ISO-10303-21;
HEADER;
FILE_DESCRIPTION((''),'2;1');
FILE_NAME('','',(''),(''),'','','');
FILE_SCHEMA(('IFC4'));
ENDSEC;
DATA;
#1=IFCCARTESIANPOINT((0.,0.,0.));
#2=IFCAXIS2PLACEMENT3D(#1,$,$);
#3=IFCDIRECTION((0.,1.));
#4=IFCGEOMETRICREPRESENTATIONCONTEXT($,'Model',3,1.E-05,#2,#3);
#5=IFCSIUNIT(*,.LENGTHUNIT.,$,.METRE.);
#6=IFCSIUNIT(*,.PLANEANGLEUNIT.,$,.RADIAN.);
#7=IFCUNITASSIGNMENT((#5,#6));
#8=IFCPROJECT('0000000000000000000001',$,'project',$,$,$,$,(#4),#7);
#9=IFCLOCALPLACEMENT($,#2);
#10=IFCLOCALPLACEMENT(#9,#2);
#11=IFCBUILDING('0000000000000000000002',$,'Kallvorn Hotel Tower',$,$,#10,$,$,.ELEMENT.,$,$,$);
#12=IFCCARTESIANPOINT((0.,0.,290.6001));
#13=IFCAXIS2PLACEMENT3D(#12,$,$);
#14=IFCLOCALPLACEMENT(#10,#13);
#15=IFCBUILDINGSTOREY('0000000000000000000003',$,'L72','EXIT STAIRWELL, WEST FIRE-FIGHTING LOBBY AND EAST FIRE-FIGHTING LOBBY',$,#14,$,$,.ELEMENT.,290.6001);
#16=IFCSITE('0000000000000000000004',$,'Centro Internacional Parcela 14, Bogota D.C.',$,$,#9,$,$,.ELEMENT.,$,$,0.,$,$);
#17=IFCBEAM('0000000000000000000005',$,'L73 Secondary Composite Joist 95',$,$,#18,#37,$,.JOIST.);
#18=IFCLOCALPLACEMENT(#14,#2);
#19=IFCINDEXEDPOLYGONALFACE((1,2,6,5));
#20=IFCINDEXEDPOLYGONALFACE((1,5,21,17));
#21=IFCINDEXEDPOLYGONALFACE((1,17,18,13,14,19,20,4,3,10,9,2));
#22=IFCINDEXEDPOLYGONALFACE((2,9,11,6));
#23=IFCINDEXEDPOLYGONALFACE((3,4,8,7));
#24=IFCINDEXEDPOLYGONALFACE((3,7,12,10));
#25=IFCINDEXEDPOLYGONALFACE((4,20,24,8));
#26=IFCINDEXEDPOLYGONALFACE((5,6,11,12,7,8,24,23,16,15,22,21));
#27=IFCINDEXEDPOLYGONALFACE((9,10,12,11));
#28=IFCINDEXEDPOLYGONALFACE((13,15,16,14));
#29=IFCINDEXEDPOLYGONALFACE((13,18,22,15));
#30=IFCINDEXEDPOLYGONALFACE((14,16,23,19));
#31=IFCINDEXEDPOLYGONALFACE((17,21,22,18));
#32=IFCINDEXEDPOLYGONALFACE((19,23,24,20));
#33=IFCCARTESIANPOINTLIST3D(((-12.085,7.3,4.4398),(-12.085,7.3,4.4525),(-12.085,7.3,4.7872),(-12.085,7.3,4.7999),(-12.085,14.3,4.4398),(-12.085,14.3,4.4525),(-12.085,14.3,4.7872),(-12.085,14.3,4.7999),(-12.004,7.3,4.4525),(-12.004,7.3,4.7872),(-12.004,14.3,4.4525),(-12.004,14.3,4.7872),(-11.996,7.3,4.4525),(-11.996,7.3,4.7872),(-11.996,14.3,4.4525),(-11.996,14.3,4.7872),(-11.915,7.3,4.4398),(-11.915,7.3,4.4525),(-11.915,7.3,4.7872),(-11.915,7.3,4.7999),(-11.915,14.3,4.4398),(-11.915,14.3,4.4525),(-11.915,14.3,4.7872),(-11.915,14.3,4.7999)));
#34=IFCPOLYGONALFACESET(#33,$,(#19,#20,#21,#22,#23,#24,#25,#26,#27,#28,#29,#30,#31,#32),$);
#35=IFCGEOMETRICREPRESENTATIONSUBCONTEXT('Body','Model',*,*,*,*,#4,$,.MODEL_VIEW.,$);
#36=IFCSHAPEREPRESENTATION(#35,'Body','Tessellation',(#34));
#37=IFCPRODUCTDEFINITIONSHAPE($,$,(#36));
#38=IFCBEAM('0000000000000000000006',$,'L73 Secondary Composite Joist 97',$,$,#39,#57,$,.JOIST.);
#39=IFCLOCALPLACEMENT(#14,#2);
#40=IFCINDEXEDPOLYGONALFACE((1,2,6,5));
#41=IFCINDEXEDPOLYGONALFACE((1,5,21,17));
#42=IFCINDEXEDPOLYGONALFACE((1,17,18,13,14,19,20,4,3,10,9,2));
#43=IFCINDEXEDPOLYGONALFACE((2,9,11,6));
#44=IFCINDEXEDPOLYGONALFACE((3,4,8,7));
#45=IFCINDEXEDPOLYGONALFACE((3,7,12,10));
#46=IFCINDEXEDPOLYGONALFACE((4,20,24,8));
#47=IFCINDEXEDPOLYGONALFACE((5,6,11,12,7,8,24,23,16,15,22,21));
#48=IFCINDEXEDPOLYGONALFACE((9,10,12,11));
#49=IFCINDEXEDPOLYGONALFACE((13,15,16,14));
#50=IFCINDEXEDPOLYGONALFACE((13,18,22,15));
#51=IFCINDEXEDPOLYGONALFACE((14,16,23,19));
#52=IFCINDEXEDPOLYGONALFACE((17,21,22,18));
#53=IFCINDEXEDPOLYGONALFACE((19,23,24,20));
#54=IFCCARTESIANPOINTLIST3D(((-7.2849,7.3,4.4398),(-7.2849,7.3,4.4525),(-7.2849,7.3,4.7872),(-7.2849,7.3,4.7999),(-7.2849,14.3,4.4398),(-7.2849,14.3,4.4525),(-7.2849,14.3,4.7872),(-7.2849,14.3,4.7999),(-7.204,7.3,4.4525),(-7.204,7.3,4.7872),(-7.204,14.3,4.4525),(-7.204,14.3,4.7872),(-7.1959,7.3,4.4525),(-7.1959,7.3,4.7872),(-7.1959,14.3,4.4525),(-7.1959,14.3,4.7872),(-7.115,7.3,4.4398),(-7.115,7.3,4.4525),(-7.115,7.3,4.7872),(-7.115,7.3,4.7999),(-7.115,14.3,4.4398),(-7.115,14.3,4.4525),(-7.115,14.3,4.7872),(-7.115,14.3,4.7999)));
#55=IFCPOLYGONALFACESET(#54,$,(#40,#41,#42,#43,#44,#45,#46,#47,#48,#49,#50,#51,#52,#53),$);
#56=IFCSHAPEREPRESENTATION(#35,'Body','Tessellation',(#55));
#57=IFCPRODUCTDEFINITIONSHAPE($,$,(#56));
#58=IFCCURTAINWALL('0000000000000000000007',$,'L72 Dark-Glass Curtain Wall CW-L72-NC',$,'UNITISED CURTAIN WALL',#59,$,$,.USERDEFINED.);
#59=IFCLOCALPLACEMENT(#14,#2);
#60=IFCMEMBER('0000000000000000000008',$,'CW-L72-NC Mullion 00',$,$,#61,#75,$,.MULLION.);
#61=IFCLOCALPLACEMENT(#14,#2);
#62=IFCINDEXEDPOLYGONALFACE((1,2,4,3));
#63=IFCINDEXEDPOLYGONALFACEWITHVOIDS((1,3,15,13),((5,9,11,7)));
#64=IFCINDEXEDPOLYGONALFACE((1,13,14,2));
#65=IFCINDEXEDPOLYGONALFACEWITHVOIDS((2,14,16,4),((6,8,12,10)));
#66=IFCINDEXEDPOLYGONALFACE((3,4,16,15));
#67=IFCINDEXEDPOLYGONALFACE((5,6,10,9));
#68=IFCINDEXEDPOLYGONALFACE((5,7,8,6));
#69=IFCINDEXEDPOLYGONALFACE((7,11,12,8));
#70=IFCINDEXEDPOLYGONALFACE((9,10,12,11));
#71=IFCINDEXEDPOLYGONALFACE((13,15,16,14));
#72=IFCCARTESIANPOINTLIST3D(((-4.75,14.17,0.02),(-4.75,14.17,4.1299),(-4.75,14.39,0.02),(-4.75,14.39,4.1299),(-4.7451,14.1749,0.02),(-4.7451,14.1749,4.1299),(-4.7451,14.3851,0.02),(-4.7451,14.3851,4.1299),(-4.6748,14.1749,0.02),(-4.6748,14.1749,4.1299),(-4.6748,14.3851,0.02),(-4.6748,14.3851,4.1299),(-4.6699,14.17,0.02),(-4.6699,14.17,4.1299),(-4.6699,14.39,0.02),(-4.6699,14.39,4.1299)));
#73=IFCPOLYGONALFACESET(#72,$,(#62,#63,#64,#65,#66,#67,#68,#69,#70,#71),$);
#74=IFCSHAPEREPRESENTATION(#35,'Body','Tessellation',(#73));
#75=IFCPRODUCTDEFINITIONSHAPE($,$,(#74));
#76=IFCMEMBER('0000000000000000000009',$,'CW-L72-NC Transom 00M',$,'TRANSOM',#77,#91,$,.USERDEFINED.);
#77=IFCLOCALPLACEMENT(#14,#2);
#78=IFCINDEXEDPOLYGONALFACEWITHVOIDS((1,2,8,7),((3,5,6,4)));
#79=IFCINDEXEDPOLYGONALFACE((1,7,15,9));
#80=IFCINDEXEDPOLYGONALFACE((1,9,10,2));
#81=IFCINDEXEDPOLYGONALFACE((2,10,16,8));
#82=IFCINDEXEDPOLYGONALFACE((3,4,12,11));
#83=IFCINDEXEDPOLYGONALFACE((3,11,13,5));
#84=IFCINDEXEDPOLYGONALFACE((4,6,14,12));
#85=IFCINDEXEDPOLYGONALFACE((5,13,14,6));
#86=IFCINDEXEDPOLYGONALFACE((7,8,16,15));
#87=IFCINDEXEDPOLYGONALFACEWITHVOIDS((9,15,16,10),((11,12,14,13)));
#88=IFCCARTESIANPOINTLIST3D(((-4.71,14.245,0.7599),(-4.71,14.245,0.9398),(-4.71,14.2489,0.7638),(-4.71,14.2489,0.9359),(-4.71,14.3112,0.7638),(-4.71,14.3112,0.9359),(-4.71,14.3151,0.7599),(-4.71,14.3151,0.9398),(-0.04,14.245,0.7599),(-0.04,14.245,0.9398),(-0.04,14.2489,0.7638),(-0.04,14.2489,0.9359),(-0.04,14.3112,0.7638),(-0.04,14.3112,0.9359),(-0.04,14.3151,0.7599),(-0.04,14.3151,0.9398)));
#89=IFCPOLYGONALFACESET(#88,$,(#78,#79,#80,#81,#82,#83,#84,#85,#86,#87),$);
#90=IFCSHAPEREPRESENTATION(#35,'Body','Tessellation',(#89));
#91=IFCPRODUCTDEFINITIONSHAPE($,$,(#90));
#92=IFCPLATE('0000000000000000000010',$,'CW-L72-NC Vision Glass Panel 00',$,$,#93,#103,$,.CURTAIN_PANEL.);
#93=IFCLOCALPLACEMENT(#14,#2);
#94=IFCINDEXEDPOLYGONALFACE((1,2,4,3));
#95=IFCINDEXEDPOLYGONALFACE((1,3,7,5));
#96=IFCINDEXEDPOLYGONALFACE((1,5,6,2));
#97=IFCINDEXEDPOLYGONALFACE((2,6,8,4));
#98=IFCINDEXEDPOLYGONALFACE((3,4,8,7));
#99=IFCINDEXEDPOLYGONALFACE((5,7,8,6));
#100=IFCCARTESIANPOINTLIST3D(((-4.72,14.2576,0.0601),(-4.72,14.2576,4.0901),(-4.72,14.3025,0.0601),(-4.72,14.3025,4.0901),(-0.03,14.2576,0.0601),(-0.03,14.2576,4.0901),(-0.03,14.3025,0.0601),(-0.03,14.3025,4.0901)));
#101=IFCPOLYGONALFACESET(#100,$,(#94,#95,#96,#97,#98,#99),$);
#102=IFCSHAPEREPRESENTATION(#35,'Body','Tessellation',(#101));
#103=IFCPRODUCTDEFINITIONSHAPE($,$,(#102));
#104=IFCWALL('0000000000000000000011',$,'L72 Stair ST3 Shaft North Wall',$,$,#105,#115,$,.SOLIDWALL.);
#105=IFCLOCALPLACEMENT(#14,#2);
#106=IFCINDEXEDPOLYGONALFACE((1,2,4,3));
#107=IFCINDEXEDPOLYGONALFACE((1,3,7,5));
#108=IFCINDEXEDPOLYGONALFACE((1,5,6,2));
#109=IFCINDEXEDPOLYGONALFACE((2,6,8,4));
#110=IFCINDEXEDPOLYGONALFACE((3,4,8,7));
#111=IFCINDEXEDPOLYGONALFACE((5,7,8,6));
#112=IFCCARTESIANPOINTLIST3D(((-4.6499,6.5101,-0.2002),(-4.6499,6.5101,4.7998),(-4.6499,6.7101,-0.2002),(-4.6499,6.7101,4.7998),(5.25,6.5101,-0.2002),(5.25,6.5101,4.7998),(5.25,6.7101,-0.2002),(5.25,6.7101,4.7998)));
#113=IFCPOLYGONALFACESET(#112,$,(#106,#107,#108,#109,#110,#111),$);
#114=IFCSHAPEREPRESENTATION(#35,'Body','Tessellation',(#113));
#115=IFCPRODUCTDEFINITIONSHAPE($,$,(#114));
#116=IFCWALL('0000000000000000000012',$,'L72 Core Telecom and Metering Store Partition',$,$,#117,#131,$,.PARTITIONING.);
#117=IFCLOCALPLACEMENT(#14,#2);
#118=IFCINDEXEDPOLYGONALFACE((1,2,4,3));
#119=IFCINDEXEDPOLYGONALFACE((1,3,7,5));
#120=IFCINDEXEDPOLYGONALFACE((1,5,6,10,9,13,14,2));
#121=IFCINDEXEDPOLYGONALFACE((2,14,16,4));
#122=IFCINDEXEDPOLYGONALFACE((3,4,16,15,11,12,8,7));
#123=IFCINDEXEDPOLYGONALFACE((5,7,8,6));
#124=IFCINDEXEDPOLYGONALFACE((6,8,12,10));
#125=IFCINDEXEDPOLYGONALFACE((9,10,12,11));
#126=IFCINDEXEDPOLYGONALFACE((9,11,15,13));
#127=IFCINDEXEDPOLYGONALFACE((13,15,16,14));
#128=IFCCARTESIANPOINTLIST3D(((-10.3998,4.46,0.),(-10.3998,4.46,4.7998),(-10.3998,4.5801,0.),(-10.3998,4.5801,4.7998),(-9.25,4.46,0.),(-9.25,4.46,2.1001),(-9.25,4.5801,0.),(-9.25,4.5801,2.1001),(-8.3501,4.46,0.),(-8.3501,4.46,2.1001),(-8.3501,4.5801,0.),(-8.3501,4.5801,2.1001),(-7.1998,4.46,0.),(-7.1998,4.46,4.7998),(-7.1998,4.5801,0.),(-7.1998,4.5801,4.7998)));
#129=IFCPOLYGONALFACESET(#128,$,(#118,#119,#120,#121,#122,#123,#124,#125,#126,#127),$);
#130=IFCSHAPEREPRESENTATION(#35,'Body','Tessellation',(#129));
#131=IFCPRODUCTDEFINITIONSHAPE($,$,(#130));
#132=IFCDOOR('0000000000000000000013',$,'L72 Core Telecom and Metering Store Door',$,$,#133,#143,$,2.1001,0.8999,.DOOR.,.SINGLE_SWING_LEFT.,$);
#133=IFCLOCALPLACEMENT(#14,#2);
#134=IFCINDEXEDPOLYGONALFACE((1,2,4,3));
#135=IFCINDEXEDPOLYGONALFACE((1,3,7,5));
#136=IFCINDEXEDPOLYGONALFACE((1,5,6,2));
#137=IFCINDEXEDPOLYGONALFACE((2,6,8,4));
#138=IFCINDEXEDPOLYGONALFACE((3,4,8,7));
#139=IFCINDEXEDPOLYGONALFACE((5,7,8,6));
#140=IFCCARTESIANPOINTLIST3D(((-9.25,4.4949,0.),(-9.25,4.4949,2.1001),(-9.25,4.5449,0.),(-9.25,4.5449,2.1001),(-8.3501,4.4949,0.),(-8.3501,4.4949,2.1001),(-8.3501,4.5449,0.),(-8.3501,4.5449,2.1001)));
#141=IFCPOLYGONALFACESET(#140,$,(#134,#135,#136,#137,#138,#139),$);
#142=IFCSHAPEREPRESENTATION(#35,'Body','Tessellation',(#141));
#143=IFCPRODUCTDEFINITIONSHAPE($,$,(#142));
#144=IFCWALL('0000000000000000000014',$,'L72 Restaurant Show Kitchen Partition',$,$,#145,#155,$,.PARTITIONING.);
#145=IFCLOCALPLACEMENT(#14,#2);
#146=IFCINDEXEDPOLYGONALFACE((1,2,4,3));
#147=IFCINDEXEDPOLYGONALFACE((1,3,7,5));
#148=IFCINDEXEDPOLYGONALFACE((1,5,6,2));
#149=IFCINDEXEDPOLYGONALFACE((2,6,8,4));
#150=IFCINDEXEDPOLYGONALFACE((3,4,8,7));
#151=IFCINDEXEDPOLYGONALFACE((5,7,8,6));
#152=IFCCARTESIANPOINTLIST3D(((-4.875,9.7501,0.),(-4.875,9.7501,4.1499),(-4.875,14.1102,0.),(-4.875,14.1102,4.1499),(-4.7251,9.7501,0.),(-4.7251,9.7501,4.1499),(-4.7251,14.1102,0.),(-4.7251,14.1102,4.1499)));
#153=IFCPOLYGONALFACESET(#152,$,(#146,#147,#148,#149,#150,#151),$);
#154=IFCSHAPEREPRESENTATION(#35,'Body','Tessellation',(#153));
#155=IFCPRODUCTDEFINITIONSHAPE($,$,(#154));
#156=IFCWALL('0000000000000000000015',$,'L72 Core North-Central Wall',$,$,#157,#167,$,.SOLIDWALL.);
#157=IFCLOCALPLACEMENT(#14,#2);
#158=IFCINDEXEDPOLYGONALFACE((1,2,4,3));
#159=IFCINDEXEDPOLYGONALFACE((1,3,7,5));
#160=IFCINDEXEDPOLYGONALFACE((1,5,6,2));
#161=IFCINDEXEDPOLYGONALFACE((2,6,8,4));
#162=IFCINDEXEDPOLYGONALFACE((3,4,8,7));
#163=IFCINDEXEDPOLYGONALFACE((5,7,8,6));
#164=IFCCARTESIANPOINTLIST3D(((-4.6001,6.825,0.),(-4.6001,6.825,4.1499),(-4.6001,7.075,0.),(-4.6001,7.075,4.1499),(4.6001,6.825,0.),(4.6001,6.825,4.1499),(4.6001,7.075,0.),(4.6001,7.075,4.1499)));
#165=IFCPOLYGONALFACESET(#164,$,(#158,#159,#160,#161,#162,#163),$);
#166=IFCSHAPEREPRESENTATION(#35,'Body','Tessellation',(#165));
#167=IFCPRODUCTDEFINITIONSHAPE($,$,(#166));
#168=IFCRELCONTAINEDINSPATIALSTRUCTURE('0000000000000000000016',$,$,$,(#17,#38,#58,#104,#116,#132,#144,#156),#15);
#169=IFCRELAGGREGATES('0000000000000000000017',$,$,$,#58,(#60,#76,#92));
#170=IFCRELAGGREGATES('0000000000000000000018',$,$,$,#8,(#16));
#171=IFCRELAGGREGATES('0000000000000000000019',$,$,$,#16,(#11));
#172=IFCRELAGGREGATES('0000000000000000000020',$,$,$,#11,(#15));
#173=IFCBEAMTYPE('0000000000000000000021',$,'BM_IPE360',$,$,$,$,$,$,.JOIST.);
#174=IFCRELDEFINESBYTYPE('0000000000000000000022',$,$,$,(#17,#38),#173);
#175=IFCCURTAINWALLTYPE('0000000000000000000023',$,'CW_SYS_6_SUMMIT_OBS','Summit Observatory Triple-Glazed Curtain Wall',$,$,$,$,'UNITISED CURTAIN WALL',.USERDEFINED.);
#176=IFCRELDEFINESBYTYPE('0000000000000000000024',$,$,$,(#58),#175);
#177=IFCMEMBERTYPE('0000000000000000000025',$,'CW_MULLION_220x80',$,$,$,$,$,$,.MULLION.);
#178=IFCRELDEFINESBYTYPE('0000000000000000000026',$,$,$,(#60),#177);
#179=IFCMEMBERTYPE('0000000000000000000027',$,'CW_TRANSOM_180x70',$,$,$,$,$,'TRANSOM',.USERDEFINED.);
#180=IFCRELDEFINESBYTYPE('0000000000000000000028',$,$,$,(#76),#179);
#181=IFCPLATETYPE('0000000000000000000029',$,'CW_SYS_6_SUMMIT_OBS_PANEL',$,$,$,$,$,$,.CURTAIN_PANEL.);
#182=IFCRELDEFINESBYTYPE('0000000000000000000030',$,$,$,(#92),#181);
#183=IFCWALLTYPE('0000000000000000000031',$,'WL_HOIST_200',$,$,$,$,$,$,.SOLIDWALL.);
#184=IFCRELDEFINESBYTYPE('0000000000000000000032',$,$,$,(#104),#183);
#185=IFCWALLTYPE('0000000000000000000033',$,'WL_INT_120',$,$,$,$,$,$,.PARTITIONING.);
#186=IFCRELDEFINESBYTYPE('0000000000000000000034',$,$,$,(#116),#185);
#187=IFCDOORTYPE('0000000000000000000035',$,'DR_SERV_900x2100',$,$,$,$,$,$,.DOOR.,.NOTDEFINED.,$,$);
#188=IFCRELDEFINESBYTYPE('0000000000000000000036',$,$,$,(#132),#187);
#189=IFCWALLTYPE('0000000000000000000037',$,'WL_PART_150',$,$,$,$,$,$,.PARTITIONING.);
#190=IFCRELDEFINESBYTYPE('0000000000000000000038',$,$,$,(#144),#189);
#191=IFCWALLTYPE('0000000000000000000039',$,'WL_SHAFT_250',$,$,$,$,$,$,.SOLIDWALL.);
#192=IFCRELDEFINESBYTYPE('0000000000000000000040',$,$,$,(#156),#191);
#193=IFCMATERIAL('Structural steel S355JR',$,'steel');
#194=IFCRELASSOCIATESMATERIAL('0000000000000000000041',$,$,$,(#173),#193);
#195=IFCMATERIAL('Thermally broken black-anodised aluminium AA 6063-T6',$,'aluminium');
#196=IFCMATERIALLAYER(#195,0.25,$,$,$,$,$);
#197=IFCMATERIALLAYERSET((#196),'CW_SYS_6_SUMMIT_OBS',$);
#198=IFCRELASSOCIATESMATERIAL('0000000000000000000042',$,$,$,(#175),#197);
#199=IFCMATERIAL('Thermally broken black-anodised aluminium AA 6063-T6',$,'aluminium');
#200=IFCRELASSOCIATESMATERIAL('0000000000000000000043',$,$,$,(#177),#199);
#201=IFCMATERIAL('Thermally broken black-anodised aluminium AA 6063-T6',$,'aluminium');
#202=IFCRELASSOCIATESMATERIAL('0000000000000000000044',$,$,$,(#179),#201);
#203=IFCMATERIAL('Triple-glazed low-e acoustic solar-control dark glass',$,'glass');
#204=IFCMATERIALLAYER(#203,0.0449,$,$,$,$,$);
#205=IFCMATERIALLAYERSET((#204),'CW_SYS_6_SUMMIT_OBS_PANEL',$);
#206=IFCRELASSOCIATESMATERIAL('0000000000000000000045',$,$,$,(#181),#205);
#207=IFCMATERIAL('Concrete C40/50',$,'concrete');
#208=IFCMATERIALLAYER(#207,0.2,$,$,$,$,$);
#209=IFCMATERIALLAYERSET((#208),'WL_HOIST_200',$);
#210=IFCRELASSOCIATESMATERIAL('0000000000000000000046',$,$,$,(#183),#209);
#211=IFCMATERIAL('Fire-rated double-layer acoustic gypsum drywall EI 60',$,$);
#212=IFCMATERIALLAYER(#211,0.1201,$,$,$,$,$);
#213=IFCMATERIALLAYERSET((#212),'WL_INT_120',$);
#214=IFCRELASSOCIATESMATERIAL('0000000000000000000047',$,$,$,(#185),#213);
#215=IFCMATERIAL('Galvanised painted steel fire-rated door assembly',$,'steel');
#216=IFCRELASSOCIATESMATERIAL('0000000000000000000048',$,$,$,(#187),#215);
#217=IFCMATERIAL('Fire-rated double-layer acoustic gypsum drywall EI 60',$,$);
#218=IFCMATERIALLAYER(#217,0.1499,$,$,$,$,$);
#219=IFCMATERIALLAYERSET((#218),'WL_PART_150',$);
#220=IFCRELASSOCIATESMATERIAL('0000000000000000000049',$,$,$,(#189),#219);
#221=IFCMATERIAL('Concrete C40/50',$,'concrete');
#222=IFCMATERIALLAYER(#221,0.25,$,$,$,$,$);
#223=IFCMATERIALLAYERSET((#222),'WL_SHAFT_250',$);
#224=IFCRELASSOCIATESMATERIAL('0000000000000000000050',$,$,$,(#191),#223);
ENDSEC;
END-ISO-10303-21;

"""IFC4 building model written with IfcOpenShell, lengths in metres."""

from ifc_helpers import new_model, si_unit, direction, frame, frame_2d, origin, origin_2d, place, context, subcontext, project, spatial, rectangle, hollow_rectangle, i_section, extrude, material, layer, layer_set, material_profile, profile_set, type_object, element, fill, aggregate, save


model = new_model("IFC4")

# Units and contexts
model_context = context("Model", 3, precision=1e-05, world=origin(), true_north=direction((0.0, 1.0)))
body_context = subcontext(model_context, "Body", "Model", "MODEL_VIEW")
ifc_project = project(units=[si_unit("LENGTHUNIT", "METRE"), si_unit("PLANEANGLEUNIT", "RADIAN")], contexts=[model_context])

# Site, building, storey
site_placement = place(None, origin())
site = spatial("IfcSite", under=ifc_project, at=site_placement, Name="Centro Internacional Parcela 14, Bogota D.C.", CompositionType="ELEMENT", RefElevation=0.0)
building_placement = place(site_placement, origin())
building = spatial("IfcBuilding", under=site, at=building_placement, Name="Kallvorn Hotel Tower", CompositionType="ELEMENT")
storey_placement = place(building_placement, frame((0.0, 0.0, 290.6001)))
storey = spatial("IfcBuildingStorey", under=building, at=storey_placement, Name="L72", Description="EXIT STAIRWELL, WEST FIRE-FIGHTING LOBBY AND EAST FIRE-FIGHTING LOBBY", CompositionType="ELEMENT", Elevation=290.6001)

# Beams
ifc_material_1 = material(Name="Structural steel S355JR", Category="steel")
ifc_material_profile_1 = material_profile(ifc_material_1, i_section(OverallWidth=0.1699, OverallDepth=0.3601, WebThickness=0.0081, FlangeThickness=0.0127, at=origin_2d()), Name="IPE 360")
ifc_profile_set_1 = profile_set([ifc_material_profile_1], Name="Structural steel S355JR")
beam_type_1 = type_object("IfcBeamType", Name="BM_IPE360", PredefinedType="JOIST", material=ifc_profile_set_1)
for number, where, z_axis, x_axis, name in (
    (1, (-12.0, 7.3, 4.6199), (0.0, 1.0, 0.0), (-1.0, 0.0, 0.0), "L73 Secondary Composite Joist 95"),
    (2, (-7.2, 7.3, 4.6199), (0.0, 1.0, 0.0), (-1.0, 0.0, 0.0), "L73 Secondary Composite Joist 97"),
):
    element("IfcBeam", number, at=place(storey_placement, frame(where, z_axis=z_axis, x_axis=x_axis)), inside=storey, type_object=beam_type_1, Name=name, PredefinedType="JOIST", context=body_context, shape_type="SweptSolid", body=[
        extrude(i_section(OverallWidth=0.1699, OverallDepth=0.3601, WebThickness=0.0081, FlangeThickness=0.0127, at=origin_2d()), origin(), (0.0, 0.0, 1.0), 7.0),
    ])

# Curtain wall, members, plate
ifc_material_2 = material(Name="Thermally broken black-anodised aluminium AA 6063-T6", Category="aluminium")
ifc_layer_1 = layer(ifc_material_2, 0.25)
ifc_layer_set_1 = layer_set([ifc_layer_1], Name="CW_SYS_6_SUMMIT_OBS")
curtain_wall_type = type_object("IfcCurtainWallType", Name="CW_SYS_6_SUMMIT_OBS", Description="Summit Observatory Triple-Glazed Curtain Wall", ElementType="UNITISED CURTAIN WALL", PredefinedType="USERDEFINED", material=ifc_layer_set_1)
curtain_wall_placement = place(storey_placement, origin())
curtain_wall = element("IfcCurtainWall", 3, at=curtain_wall_placement, inside=storey, type_object=curtain_wall_type, Name="L72 Dark-Glass Curtain Wall CW-L72-NC", ObjectType="UNITISED CURTAIN WALL", PredefinedType="USERDEFINED")
ifc_material_3 = material(Name="Thermally broken black-anodised aluminium AA 6063-T6", Category="aluminium")
ifc_material_profile_2 = material_profile(ifc_material_3, hollow_rectangle(XDim=0.0801, YDim=0.22, WallThickness=0.0049, at=origin_2d()), Name="MUL 220x80")
ifc_profile_set_2 = profile_set([ifc_material_profile_2], Name="Thermally broken black-anodised aluminium AA 6063-T6")
member_type_1 = type_object("IfcMemberType", Name="CW_MULLION_220x80", PredefinedType="MULLION", material=ifc_profile_set_2)
member_1_placement = place(storey_placement, frame((-4.71, 14.28, 0.02), z_axis=(0.0, 0.0, 1.0), x_axis=(1.0, 0.0, 0.0)))
member_1 = element("IfcMember", 4, at=member_1_placement, type_object=member_type_1, Name="CW-L72-NC Mullion 00", PredefinedType="MULLION", context=body_context, shape_type="SweptSolid", body=[
    extrude(hollow_rectangle(XDim=0.0801, YDim=0.22, WallThickness=0.0049, at=origin_2d()), origin(), (0.0, 0.0, 1.0), 4.1099),
])
ifc_material_4 = material(Name="Thermally broken black-anodised aluminium AA 6063-T6", Category="aluminium")
ifc_material_profile_3 = material_profile(ifc_material_4, hollow_rectangle(XDim=0.0701, YDim=0.1799, WallThickness=0.0039, at=origin_2d()), Name="TRN 180x70")
ifc_profile_set_3 = profile_set([ifc_material_profile_3], Name="Thermally broken black-anodised aluminium AA 6063-T6")
member_type_2 = type_object("IfcMemberType", Name="CW_TRANSOM_180x70", ElementType="TRANSOM", PredefinedType="USERDEFINED", material=ifc_profile_set_3)
member_2_placement = place(storey_placement, frame((-4.71, 14.28, 0.8499), z_axis=(1.0, 0.0, 0.0), x_axis=(0.0, 1.0, 0.0)))
member_2 = element("IfcMember", 5, at=member_2_placement, type_object=member_type_2, Name="CW-L72-NC Transom 00M", ObjectType="TRANSOM", PredefinedType="USERDEFINED", context=body_context, shape_type="SweptSolid", body=[
    extrude(hollow_rectangle(XDim=0.0701, YDim=0.1799, WallThickness=0.0039, at=origin_2d()), origin(), (0.0, 0.0, 1.0), 4.6699),
])
ifc_material_5 = material(Name="Triple-glazed low-e acoustic solar-control dark glass", Category="glass")
ifc_layer_2 = layer(ifc_material_5, 0.0449)
ifc_layer_set_2 = layer_set([ifc_layer_2], Name="CW_SYS_6_SUMMIT_OBS_PANEL")
plate_type = type_object("IfcPlateType", Name="CW_SYS_6_SUMMIT_OBS_PANEL", PredefinedType="CURTAIN_PANEL", material=ifc_layer_set_2)
plate_placement = place(storey_placement, frame((-2.375, 14.28, 0.0601), z_axis=(0.0, 0.0, 1.0), x_axis=(1.0, 0.0, 0.0)))
plate = element("IfcPlate", 6, at=plate_placement, type_object=plate_type, Name="CW-L72-NC Vision Glass Panel 00", PredefinedType="CURTAIN_PANEL", context=body_context, shape_type="SweptSolid", body=[
    extrude(rectangle(XDim=4.6899, YDim=0.0449, at=origin_2d()), origin(), (0.0, 0.0, 1.0), 4.03),
])
aggregate(curtain_wall, [member_1, member_2, plate])

# Wall
ifc_material_6 = material(Name="Concrete C40/50", Category="concrete")
ifc_layer_3 = layer(ifc_material_6, 0.2)
ifc_layer_set_3 = layer_set([ifc_layer_3], Name="WL_HOIST_200")
wall_type_1 = type_object("IfcWallType", Name="WL_HOIST_200", PredefinedType="SOLIDWALL", material=ifc_layer_set_3)
wall_1_placement = place(storey_placement, frame((-4.6499, 6.6101, -0.2002), z_axis=(0.0, 0.0, 1.0), x_axis=(1.0, 0.0, 0.0)))
element("IfcWall", 7, at=wall_1_placement, inside=storey, type_object=wall_type_1, Name="L72 Stair ST3 Shaft North Wall", PredefinedType="SOLIDWALL", context=body_context, shape_type="SweptSolid", body=[
    extrude(rectangle(XDim=9.8999, YDim=0.2, at=frame_2d((4.95, 0.0))), origin(), (0.0, 0.0, 1.0), 5.0),
])

# Wall, opening, door
ifc_material_7 = material(Name="Fire-rated double-layer acoustic gypsum drywall EI 60")
ifc_layer_4 = layer(ifc_material_7, 0.1201)
ifc_layer_set_4 = layer_set([ifc_layer_4], Name="WL_INT_120")
wall_type_2 = type_object("IfcWallType", Name="WL_INT_120", PredefinedType="PARTITIONING", material=ifc_layer_set_4)
wall_2_placement = place(storey_placement, frame((-10.3999, 4.52, 0.0), z_axis=(0.0, 0.0, 1.0), x_axis=(1.0, 0.0, 0.0)))
wall_2 = element("IfcWall", 8, at=wall_2_placement, inside=storey, type_object=wall_type_2, Name="L72 Core Telecom and Metering Store Partition", PredefinedType="PARTITIONING", context=body_context, shape_type="SweptSolid", body=[
    extrude(rectangle(XDim=3.2, YDim=0.1201, at=frame_2d((1.6001, 0.0))), origin(), (0.0, 0.0, 1.0), 4.7998),
])
opening_placement = place(wall_2_placement, frame((1.1499, 0.0, 0.0)))
opening = element("IfcOpeningElement", 9, at=opening_placement, cuts=wall_2, PredefinedType="OPENING", context=body_context, shape_type="SweptSolid", body=[
    extrude(rectangle(XDim=0.8999, YDim=2.1001, at=frame_2d((0.45, 1.05))), frame((0.0, 0.075, 0.0), z_axis=(0.0, -1.0, 0.0), x_axis=(1.0, 0.0, 0.0)), (0.0, 0.0, 1.0), 0.1501),
])
ifc_material_8 = material(Name="Galvanised painted steel fire-rated door assembly", Category="steel")
door_type = type_object("IfcDoorType", Name="DR_SERV_900x2100", OperationType="NOTDEFINED", PredefinedType="DOOR", material=ifc_material_8)
door_placement = place(opening_placement, origin())
door = element("IfcDoor", 10, at=door_placement, inside=storey, type_object=door_type, Name="L72 Core Telecom and Metering Store Door", OperationType="SINGLE_SWING_LEFT", OverallHeight=2.1001, OverallWidth=0.8999, PredefinedType="DOOR", context=body_context, shape_type="SweptSolid", body=[
    extrude(rectangle(XDim=0.8999, YDim=2.1001, at=frame_2d((0.45, 1.05))), frame((0.0, 0.0249, 0.0), z_axis=(0.0, -1.0, 0.0), x_axis=(1.0, 0.0, 0.0)), (0.0, 0.0, 1.0), 0.05),
])
fill(opening, door)

# Walls
ifc_material_9 = material(Name="Fire-rated double-layer acoustic gypsum drywall EI 60")
ifc_layer_5 = layer(ifc_material_9, 0.1499)
ifc_layer_set_5 = layer_set([ifc_layer_5], Name="WL_PART_150")
wall_type_3 = type_object("IfcWallType", Name="WL_PART_150", PredefinedType="PARTITIONING", material=ifc_layer_set_5)
wall_3_placement = place(storey_placement, frame((-4.8, 9.75, 0.0), z_axis=(0.0, 0.0, 1.0), x_axis=(0.0, 1.0, 0.0)))
element("IfcWall", 11, at=wall_3_placement, inside=storey, type_object=wall_type_3, Name="L72 Restaurant Show Kitchen Partition", PredefinedType="PARTITIONING", context=body_context, shape_type="SweptSolid", body=[
    extrude(rectangle(XDim=4.3601, YDim=0.1499, at=frame_2d((2.1802, 0.0))), origin(), (0.0, 0.0, 1.0), 4.1499),
])
ifc_material_10 = material(Name="Concrete C40/50", Category="concrete")
ifc_layer_6 = layer(ifc_material_10, 0.25)
ifc_layer_set_6 = layer_set([ifc_layer_6], Name="WL_SHAFT_250")
wall_type_4 = type_object("IfcWallType", Name="WL_SHAFT_250", PredefinedType="SOLIDWALL", material=ifc_layer_set_6)
wall_4_placement = place(storey_placement, frame((-4.6001, 6.95, 0.0), z_axis=(0.0, 0.0, 1.0), x_axis=(1.0, 0.0, 0.0)))
element("IfcWall", 12, at=wall_4_placement, inside=storey, type_object=wall_type_4, Name="L72 Core North-Central Wall", PredefinedType="SOLIDWALL", context=body_context, shape_type="SweptSolid", body=[
    extrude(rectangle(XDim=9.2002, YDim=0.25, at=frame_2d((4.6001, 0.0))), origin(), (0.0, 0.0, 1.0), 4.1499),
])

save(model, "model.ifc")
